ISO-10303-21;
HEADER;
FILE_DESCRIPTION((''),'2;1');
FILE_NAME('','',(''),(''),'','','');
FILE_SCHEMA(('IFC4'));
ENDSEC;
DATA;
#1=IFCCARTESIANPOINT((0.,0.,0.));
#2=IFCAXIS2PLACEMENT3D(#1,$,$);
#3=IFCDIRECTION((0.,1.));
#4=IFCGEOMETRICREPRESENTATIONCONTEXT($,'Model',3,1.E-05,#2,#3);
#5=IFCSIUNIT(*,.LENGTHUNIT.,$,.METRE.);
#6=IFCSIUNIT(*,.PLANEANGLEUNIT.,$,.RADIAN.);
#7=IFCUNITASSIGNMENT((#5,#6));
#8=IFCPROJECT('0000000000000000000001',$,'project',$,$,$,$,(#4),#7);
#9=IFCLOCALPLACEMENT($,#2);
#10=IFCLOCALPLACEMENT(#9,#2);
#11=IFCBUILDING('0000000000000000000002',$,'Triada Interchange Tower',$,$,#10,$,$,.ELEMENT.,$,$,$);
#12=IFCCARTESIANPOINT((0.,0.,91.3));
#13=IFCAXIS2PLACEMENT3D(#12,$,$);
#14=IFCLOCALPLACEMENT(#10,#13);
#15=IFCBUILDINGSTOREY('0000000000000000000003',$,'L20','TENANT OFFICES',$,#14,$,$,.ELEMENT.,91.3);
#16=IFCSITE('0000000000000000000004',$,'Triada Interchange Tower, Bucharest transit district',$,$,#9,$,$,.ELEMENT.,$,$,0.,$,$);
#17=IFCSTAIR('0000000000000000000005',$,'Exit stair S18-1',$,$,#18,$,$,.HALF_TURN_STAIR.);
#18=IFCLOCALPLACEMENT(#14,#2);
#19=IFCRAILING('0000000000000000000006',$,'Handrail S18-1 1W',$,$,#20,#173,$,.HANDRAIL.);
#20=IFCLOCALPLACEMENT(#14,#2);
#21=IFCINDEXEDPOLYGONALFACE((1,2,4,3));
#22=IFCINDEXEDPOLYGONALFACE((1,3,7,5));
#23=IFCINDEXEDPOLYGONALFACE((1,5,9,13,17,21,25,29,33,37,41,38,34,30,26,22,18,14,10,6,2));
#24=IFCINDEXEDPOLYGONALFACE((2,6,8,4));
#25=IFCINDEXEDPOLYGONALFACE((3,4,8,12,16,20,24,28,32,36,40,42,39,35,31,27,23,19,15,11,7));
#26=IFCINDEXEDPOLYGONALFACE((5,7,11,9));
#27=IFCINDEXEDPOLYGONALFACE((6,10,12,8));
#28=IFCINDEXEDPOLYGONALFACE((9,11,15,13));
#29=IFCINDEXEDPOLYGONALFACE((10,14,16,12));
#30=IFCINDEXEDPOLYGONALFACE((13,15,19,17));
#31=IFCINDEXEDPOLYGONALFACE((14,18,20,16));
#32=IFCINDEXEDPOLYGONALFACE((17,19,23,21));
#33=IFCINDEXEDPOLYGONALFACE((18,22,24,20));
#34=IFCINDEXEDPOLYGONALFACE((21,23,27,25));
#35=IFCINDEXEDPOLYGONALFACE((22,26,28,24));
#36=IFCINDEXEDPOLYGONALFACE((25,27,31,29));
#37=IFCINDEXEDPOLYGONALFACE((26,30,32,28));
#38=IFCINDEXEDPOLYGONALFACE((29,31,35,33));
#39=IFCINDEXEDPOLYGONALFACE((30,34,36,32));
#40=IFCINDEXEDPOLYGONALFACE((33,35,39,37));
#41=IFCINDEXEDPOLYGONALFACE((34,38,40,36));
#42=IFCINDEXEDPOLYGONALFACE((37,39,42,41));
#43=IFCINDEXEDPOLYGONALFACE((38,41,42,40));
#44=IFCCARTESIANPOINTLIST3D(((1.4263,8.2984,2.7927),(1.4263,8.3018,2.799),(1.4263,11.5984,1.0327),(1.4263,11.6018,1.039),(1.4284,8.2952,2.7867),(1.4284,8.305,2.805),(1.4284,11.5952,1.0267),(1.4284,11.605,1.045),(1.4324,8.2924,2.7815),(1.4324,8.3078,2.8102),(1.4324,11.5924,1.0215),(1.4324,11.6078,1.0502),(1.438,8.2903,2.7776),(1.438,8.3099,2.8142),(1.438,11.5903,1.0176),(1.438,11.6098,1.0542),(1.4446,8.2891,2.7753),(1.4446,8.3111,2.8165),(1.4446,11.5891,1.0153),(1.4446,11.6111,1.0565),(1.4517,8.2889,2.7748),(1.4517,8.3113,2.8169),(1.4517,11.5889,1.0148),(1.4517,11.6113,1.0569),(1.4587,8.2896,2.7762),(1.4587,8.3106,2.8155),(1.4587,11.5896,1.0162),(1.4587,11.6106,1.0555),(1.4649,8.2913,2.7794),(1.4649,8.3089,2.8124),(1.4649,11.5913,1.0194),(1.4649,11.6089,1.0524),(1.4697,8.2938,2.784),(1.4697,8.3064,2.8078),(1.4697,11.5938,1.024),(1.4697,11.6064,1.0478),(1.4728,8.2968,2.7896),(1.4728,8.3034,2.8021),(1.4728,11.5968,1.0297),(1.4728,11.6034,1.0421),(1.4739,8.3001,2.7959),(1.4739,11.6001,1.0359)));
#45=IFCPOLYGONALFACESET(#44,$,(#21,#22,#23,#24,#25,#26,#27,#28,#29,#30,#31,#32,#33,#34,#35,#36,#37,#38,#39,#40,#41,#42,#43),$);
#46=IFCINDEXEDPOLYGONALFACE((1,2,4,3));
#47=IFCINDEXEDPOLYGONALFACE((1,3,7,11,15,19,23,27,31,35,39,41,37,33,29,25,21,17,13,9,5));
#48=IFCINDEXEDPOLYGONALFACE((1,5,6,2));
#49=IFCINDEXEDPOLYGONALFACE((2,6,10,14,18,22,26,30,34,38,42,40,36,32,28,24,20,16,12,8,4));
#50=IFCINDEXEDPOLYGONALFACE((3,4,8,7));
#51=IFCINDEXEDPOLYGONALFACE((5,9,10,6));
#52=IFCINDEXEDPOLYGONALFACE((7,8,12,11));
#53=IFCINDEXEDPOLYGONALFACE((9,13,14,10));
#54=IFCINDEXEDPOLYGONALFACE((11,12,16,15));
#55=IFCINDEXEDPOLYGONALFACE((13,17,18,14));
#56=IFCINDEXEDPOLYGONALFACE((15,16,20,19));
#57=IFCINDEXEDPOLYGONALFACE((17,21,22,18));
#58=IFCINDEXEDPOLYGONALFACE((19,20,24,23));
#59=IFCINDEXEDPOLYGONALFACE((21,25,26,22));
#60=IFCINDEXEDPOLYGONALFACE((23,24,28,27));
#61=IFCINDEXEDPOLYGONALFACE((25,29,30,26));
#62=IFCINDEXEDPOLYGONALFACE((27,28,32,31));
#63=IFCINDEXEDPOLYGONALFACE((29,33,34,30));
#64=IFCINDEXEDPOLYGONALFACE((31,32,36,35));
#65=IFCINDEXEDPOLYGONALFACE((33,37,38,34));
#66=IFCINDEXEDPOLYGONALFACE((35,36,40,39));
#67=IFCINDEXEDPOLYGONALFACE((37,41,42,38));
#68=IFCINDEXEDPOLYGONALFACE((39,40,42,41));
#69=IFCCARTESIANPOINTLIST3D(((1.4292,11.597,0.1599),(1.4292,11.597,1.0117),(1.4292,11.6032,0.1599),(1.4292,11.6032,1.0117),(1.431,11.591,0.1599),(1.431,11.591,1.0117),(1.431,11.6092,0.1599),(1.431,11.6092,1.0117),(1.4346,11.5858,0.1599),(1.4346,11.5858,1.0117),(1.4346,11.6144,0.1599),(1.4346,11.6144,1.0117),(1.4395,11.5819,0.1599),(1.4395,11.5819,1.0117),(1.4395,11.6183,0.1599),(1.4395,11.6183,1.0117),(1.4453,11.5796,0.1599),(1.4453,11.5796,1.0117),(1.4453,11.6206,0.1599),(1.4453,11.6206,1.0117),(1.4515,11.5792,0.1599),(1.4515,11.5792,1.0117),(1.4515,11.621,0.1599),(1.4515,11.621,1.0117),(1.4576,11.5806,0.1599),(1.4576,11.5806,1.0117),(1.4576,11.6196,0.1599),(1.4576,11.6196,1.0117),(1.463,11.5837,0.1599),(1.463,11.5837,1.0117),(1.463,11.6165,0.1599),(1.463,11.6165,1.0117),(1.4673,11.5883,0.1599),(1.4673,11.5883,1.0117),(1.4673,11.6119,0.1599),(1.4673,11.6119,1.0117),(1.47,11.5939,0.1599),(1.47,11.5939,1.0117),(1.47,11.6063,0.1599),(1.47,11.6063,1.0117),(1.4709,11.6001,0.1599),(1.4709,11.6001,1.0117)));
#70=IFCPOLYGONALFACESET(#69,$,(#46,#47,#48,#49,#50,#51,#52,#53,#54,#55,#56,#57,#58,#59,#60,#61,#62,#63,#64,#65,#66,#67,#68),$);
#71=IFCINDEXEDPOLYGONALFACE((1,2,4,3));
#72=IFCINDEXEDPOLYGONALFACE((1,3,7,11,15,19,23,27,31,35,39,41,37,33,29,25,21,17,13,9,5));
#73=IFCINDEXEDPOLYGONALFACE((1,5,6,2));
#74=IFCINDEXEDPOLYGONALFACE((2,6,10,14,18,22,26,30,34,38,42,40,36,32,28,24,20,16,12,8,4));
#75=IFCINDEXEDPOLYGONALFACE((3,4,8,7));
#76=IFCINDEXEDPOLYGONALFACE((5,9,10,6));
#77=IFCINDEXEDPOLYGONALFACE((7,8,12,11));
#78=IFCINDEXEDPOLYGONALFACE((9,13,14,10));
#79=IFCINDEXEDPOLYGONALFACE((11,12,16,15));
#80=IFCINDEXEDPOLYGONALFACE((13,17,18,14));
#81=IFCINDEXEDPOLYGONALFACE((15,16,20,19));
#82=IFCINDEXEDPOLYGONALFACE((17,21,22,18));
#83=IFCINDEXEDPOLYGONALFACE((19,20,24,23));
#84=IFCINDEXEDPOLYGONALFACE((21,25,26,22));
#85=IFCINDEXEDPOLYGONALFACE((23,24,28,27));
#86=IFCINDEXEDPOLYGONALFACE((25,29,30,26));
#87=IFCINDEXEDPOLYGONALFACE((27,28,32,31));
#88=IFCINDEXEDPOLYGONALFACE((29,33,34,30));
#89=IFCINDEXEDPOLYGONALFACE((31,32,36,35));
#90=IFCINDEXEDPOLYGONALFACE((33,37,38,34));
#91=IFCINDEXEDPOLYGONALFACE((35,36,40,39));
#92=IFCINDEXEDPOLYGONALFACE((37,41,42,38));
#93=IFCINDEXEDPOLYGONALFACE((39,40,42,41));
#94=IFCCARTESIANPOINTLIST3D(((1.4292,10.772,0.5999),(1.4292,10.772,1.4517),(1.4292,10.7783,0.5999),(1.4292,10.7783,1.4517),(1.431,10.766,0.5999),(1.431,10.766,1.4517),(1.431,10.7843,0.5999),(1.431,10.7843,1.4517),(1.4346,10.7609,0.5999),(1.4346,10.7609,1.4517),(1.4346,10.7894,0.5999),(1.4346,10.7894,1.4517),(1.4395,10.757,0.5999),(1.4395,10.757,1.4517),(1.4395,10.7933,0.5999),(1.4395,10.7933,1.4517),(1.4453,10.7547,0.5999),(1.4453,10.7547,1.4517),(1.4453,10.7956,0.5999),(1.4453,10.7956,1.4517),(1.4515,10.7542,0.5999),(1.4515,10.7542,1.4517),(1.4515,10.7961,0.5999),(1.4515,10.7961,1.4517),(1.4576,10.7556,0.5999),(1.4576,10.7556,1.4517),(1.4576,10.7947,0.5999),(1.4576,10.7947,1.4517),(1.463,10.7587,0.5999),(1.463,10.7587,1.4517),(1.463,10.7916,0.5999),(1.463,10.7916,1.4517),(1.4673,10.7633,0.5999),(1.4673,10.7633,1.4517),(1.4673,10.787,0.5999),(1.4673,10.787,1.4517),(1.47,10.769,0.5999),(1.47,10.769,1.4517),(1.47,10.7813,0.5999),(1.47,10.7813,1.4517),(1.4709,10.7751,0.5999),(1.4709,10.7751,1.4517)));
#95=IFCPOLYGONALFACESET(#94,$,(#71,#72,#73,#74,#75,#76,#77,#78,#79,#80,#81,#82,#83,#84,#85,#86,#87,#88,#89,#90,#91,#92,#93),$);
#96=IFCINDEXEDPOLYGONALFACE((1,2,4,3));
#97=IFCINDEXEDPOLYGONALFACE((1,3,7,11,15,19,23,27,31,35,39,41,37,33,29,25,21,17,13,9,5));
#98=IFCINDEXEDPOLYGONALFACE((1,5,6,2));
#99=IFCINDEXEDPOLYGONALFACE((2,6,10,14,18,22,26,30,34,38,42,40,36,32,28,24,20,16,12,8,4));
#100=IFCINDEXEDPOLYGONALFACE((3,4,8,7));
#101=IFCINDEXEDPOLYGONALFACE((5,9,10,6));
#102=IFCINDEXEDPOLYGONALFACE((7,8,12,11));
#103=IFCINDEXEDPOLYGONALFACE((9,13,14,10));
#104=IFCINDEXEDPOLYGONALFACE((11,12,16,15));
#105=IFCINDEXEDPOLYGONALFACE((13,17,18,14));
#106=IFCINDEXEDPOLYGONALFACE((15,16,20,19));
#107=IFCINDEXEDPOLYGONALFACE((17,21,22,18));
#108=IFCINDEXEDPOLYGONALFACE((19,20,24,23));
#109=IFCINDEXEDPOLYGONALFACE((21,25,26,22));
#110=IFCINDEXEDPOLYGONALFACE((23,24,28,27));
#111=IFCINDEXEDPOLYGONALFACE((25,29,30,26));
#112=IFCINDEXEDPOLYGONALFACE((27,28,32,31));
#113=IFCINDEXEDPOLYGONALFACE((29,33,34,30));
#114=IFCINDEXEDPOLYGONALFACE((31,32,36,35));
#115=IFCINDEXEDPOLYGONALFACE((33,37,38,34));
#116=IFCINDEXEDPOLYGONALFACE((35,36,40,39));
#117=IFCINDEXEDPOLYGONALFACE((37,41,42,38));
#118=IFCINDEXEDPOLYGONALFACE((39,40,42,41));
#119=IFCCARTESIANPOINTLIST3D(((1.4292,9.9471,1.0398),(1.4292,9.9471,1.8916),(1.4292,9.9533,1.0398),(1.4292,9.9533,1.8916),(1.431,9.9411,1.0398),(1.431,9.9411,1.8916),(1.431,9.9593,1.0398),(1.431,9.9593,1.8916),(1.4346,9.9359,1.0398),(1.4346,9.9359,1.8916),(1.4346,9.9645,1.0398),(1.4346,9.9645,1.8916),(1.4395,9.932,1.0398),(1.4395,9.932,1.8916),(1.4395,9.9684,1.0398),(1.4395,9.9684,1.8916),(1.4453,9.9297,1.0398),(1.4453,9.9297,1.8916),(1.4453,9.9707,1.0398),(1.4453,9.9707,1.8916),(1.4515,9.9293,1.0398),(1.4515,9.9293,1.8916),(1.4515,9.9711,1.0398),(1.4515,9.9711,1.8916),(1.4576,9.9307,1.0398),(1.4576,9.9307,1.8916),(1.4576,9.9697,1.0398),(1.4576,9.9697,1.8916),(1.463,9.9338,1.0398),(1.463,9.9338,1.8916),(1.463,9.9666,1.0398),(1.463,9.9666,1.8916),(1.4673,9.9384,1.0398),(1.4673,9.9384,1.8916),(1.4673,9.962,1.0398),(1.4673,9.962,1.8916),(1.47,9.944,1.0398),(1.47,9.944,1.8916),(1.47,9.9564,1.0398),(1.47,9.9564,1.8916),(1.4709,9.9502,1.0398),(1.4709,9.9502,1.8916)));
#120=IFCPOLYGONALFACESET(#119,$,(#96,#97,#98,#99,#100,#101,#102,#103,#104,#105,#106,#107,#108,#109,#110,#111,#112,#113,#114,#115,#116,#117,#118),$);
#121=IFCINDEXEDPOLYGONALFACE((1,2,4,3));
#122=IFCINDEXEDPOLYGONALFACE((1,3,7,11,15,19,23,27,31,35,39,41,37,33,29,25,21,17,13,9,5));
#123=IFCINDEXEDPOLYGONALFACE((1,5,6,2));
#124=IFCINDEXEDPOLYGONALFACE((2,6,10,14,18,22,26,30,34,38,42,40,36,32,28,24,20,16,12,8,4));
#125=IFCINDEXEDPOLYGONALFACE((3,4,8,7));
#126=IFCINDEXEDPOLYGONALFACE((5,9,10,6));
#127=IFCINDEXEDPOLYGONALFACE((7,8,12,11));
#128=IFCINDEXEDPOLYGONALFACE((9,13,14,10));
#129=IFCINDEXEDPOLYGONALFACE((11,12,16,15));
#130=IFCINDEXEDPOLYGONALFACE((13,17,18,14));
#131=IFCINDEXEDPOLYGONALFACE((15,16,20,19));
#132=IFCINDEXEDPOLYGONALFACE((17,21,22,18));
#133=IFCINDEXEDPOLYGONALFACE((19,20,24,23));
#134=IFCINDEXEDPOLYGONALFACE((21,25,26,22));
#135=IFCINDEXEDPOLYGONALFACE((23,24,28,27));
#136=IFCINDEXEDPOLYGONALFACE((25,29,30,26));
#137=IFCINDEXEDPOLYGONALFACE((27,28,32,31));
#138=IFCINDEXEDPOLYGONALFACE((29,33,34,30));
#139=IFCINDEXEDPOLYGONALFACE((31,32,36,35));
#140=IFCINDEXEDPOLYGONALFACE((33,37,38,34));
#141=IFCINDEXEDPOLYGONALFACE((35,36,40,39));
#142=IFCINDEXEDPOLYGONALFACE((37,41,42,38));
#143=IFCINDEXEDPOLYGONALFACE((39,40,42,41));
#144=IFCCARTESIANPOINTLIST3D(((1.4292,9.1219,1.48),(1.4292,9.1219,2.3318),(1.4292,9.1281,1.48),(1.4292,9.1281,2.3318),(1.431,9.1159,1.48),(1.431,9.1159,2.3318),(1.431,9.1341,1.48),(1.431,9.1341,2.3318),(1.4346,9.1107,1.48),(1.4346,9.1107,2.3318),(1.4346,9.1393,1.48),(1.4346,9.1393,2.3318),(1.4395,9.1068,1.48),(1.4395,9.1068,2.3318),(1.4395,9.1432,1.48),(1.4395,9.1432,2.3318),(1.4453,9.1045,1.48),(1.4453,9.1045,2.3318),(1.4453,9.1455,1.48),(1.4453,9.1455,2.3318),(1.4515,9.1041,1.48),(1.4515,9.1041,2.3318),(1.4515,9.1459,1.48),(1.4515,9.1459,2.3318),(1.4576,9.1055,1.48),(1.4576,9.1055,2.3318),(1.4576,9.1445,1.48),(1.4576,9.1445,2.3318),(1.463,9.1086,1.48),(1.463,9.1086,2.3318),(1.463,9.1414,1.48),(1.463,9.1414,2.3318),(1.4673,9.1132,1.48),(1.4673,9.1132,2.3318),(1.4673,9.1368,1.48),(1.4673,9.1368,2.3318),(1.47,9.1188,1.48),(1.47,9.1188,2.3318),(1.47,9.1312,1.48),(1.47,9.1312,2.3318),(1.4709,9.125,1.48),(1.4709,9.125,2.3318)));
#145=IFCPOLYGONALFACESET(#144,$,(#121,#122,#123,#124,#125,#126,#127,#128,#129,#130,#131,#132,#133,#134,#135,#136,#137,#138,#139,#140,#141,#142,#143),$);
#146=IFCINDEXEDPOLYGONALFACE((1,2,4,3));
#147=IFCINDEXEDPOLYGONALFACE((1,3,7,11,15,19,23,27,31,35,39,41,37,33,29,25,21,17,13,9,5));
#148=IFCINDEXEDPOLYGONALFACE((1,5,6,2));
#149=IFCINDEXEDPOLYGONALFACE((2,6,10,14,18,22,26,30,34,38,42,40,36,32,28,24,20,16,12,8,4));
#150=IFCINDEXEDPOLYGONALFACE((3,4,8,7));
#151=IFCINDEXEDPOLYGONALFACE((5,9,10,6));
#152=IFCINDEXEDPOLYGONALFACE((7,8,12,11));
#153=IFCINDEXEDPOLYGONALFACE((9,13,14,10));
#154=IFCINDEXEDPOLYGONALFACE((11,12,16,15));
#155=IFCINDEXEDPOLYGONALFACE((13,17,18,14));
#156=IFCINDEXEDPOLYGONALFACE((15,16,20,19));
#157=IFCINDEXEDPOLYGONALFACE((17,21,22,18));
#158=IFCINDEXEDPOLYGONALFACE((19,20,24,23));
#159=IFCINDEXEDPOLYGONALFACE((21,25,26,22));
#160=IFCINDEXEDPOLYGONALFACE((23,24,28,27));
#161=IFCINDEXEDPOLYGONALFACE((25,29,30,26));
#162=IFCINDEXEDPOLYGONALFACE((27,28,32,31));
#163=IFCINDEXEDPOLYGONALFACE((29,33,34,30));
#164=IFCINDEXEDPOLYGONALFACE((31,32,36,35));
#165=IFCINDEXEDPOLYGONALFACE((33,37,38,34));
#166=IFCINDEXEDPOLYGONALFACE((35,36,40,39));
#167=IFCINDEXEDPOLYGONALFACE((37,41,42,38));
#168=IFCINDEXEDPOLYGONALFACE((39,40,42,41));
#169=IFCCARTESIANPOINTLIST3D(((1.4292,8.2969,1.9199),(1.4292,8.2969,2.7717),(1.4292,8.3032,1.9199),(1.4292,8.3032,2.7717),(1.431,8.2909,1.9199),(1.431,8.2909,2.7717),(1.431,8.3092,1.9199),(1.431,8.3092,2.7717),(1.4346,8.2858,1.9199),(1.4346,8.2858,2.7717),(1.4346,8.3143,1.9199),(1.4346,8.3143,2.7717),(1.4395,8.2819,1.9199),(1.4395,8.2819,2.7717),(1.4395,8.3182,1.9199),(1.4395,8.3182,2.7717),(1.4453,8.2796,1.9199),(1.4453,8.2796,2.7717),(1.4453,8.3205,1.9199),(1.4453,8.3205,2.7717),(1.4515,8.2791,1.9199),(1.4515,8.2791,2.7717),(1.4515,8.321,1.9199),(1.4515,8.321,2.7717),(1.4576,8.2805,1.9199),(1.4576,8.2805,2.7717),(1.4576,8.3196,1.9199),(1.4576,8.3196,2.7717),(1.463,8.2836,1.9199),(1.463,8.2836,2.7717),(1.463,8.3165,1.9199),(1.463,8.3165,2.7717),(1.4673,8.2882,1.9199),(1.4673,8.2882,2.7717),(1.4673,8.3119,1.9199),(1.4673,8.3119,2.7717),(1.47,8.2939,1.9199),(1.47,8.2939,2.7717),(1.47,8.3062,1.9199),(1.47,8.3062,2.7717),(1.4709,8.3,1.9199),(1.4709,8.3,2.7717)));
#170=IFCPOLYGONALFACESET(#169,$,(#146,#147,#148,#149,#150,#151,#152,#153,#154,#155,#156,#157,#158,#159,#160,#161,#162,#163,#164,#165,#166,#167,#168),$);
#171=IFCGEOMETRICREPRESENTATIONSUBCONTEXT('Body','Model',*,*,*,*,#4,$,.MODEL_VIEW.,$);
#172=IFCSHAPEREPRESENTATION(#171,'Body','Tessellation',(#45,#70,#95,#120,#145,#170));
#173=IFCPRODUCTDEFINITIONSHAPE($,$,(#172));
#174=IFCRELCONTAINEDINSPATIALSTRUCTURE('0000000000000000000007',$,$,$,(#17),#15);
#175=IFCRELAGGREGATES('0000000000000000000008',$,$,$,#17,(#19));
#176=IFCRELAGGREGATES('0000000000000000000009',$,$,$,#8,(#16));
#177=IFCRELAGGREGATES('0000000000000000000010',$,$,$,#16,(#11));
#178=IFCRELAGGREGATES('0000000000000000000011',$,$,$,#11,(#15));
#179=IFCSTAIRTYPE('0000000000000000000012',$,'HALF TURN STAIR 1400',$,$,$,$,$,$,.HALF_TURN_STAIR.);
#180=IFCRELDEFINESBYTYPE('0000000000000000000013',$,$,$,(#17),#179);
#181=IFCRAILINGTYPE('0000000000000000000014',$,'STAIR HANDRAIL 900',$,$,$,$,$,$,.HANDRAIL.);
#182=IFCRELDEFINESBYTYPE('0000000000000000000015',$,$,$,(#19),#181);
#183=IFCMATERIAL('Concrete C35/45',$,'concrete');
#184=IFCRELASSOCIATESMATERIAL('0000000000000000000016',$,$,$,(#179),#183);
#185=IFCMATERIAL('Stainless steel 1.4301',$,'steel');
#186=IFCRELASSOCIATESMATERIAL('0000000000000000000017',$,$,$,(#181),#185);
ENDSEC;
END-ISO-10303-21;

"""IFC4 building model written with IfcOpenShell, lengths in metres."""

from ifc_helpers import new_model, si_unit, direction, frame, origin, origin_2d, place, context, subcontext, project, spatial, circle, extrude, material, type_object, element, aggregate, save


model = new_model("IFC4")

# Units and contexts
model_context = context("Model", 3, precision=1e-05, world=origin(), true_north=direction((0.0, 1.0)))
body_context = subcontext(model_context, "Body", "Model", "MODEL_VIEW")
ifc_project = project(units=[si_unit("LENGTHUNIT", "METRE"), si_unit("PLANEANGLEUNIT", "RADIAN")], contexts=[model_context])

# Site, building, storey
site_placement = place(None, origin())
site = spatial("IfcSite", under=ifc_project, at=site_placement, Name="Triada Interchange Tower, Bucharest transit district", CompositionType="ELEMENT", RefElevation=0.0)
building_placement = place(site_placement, origin())
building = spatial("IfcBuilding", under=site, at=building_placement, Name="Triada Interchange Tower", CompositionType="ELEMENT")
storey_placement = place(building_placement, frame((0.0, 0.0, 91.3)))
storey = spatial("IfcBuildingStorey", under=building, at=storey_placement, Name="L20", Description="TENANT OFFICES", CompositionType="ELEMENT", Elevation=91.3)

# Stair
ifc_material_1 = material(Name="Concrete C35/45", Category="concrete")
stair_type = type_object("IfcStairType", Name="HALF TURN STAIR 1400", PredefinedType="HALF_TURN_STAIR", material=ifc_material_1)
stair_placement = place(storey_placement, origin())
stair = element("IfcStair", 1, at=stair_placement, inside=storey, type_object=stair_type, Name="Exit stair S18-1", PredefinedType="HALF_TURN_STAIR")

# Railing
ifc_material_2 = material(Name="Stainless steel 1.4301", Category="steel")
railing_type = type_object("IfcRailingType", Name="STAIR HANDRAIL 900", PredefinedType="HANDRAIL", material=ifc_material_2)
railing_1_placement = place(storey_placement, frame((1.45, 11.6001, 0.1599)))
railing_1 = element("IfcRailing", 2, at=railing_1_placement, type_object=railing_type, Name="Handrail S18-1 1W", PredefinedType="HANDRAIL", context=body_context, shape_type="SweptSolid", body=[
    extrude(circle(Radius=0.0239, at=origin_2d()), frame((0.0, 0.0, 0.876), z_axis=(0.0, -0.882355, 0.470585), x_axis=(1.0, 0.0, 0.0)), (0.0, 0.0, 1.0), 3.74),
    extrude(circle(Radius=0.021, at=origin_2d()), origin(), (0.0, 0.0, 1.0), 0.8518),
    extrude(circle(Radius=0.021, at=origin_2d()), frame((0.0, -0.825, 0.4399)), (0.0, 0.0, 1.0), 0.8518),
    extrude(circle(Radius=0.021, at=origin_2d()), frame((0.0, -1.6499, 0.8799)), (0.0, 0.0, 1.0), 0.8518),
    extrude(circle(Radius=0.021, at=origin_2d()), frame((0.0, -2.4751, 1.3201)), (0.0, 0.0, 1.0), 0.8518),
    extrude(circle(Radius=0.021, at=origin_2d()), frame((0.0, -3.3, 1.76)), (0.0, 0.0, 1.0), 0.8518),
])
aggregate(stair, [railing_1])

save(model, "model.ifc")
